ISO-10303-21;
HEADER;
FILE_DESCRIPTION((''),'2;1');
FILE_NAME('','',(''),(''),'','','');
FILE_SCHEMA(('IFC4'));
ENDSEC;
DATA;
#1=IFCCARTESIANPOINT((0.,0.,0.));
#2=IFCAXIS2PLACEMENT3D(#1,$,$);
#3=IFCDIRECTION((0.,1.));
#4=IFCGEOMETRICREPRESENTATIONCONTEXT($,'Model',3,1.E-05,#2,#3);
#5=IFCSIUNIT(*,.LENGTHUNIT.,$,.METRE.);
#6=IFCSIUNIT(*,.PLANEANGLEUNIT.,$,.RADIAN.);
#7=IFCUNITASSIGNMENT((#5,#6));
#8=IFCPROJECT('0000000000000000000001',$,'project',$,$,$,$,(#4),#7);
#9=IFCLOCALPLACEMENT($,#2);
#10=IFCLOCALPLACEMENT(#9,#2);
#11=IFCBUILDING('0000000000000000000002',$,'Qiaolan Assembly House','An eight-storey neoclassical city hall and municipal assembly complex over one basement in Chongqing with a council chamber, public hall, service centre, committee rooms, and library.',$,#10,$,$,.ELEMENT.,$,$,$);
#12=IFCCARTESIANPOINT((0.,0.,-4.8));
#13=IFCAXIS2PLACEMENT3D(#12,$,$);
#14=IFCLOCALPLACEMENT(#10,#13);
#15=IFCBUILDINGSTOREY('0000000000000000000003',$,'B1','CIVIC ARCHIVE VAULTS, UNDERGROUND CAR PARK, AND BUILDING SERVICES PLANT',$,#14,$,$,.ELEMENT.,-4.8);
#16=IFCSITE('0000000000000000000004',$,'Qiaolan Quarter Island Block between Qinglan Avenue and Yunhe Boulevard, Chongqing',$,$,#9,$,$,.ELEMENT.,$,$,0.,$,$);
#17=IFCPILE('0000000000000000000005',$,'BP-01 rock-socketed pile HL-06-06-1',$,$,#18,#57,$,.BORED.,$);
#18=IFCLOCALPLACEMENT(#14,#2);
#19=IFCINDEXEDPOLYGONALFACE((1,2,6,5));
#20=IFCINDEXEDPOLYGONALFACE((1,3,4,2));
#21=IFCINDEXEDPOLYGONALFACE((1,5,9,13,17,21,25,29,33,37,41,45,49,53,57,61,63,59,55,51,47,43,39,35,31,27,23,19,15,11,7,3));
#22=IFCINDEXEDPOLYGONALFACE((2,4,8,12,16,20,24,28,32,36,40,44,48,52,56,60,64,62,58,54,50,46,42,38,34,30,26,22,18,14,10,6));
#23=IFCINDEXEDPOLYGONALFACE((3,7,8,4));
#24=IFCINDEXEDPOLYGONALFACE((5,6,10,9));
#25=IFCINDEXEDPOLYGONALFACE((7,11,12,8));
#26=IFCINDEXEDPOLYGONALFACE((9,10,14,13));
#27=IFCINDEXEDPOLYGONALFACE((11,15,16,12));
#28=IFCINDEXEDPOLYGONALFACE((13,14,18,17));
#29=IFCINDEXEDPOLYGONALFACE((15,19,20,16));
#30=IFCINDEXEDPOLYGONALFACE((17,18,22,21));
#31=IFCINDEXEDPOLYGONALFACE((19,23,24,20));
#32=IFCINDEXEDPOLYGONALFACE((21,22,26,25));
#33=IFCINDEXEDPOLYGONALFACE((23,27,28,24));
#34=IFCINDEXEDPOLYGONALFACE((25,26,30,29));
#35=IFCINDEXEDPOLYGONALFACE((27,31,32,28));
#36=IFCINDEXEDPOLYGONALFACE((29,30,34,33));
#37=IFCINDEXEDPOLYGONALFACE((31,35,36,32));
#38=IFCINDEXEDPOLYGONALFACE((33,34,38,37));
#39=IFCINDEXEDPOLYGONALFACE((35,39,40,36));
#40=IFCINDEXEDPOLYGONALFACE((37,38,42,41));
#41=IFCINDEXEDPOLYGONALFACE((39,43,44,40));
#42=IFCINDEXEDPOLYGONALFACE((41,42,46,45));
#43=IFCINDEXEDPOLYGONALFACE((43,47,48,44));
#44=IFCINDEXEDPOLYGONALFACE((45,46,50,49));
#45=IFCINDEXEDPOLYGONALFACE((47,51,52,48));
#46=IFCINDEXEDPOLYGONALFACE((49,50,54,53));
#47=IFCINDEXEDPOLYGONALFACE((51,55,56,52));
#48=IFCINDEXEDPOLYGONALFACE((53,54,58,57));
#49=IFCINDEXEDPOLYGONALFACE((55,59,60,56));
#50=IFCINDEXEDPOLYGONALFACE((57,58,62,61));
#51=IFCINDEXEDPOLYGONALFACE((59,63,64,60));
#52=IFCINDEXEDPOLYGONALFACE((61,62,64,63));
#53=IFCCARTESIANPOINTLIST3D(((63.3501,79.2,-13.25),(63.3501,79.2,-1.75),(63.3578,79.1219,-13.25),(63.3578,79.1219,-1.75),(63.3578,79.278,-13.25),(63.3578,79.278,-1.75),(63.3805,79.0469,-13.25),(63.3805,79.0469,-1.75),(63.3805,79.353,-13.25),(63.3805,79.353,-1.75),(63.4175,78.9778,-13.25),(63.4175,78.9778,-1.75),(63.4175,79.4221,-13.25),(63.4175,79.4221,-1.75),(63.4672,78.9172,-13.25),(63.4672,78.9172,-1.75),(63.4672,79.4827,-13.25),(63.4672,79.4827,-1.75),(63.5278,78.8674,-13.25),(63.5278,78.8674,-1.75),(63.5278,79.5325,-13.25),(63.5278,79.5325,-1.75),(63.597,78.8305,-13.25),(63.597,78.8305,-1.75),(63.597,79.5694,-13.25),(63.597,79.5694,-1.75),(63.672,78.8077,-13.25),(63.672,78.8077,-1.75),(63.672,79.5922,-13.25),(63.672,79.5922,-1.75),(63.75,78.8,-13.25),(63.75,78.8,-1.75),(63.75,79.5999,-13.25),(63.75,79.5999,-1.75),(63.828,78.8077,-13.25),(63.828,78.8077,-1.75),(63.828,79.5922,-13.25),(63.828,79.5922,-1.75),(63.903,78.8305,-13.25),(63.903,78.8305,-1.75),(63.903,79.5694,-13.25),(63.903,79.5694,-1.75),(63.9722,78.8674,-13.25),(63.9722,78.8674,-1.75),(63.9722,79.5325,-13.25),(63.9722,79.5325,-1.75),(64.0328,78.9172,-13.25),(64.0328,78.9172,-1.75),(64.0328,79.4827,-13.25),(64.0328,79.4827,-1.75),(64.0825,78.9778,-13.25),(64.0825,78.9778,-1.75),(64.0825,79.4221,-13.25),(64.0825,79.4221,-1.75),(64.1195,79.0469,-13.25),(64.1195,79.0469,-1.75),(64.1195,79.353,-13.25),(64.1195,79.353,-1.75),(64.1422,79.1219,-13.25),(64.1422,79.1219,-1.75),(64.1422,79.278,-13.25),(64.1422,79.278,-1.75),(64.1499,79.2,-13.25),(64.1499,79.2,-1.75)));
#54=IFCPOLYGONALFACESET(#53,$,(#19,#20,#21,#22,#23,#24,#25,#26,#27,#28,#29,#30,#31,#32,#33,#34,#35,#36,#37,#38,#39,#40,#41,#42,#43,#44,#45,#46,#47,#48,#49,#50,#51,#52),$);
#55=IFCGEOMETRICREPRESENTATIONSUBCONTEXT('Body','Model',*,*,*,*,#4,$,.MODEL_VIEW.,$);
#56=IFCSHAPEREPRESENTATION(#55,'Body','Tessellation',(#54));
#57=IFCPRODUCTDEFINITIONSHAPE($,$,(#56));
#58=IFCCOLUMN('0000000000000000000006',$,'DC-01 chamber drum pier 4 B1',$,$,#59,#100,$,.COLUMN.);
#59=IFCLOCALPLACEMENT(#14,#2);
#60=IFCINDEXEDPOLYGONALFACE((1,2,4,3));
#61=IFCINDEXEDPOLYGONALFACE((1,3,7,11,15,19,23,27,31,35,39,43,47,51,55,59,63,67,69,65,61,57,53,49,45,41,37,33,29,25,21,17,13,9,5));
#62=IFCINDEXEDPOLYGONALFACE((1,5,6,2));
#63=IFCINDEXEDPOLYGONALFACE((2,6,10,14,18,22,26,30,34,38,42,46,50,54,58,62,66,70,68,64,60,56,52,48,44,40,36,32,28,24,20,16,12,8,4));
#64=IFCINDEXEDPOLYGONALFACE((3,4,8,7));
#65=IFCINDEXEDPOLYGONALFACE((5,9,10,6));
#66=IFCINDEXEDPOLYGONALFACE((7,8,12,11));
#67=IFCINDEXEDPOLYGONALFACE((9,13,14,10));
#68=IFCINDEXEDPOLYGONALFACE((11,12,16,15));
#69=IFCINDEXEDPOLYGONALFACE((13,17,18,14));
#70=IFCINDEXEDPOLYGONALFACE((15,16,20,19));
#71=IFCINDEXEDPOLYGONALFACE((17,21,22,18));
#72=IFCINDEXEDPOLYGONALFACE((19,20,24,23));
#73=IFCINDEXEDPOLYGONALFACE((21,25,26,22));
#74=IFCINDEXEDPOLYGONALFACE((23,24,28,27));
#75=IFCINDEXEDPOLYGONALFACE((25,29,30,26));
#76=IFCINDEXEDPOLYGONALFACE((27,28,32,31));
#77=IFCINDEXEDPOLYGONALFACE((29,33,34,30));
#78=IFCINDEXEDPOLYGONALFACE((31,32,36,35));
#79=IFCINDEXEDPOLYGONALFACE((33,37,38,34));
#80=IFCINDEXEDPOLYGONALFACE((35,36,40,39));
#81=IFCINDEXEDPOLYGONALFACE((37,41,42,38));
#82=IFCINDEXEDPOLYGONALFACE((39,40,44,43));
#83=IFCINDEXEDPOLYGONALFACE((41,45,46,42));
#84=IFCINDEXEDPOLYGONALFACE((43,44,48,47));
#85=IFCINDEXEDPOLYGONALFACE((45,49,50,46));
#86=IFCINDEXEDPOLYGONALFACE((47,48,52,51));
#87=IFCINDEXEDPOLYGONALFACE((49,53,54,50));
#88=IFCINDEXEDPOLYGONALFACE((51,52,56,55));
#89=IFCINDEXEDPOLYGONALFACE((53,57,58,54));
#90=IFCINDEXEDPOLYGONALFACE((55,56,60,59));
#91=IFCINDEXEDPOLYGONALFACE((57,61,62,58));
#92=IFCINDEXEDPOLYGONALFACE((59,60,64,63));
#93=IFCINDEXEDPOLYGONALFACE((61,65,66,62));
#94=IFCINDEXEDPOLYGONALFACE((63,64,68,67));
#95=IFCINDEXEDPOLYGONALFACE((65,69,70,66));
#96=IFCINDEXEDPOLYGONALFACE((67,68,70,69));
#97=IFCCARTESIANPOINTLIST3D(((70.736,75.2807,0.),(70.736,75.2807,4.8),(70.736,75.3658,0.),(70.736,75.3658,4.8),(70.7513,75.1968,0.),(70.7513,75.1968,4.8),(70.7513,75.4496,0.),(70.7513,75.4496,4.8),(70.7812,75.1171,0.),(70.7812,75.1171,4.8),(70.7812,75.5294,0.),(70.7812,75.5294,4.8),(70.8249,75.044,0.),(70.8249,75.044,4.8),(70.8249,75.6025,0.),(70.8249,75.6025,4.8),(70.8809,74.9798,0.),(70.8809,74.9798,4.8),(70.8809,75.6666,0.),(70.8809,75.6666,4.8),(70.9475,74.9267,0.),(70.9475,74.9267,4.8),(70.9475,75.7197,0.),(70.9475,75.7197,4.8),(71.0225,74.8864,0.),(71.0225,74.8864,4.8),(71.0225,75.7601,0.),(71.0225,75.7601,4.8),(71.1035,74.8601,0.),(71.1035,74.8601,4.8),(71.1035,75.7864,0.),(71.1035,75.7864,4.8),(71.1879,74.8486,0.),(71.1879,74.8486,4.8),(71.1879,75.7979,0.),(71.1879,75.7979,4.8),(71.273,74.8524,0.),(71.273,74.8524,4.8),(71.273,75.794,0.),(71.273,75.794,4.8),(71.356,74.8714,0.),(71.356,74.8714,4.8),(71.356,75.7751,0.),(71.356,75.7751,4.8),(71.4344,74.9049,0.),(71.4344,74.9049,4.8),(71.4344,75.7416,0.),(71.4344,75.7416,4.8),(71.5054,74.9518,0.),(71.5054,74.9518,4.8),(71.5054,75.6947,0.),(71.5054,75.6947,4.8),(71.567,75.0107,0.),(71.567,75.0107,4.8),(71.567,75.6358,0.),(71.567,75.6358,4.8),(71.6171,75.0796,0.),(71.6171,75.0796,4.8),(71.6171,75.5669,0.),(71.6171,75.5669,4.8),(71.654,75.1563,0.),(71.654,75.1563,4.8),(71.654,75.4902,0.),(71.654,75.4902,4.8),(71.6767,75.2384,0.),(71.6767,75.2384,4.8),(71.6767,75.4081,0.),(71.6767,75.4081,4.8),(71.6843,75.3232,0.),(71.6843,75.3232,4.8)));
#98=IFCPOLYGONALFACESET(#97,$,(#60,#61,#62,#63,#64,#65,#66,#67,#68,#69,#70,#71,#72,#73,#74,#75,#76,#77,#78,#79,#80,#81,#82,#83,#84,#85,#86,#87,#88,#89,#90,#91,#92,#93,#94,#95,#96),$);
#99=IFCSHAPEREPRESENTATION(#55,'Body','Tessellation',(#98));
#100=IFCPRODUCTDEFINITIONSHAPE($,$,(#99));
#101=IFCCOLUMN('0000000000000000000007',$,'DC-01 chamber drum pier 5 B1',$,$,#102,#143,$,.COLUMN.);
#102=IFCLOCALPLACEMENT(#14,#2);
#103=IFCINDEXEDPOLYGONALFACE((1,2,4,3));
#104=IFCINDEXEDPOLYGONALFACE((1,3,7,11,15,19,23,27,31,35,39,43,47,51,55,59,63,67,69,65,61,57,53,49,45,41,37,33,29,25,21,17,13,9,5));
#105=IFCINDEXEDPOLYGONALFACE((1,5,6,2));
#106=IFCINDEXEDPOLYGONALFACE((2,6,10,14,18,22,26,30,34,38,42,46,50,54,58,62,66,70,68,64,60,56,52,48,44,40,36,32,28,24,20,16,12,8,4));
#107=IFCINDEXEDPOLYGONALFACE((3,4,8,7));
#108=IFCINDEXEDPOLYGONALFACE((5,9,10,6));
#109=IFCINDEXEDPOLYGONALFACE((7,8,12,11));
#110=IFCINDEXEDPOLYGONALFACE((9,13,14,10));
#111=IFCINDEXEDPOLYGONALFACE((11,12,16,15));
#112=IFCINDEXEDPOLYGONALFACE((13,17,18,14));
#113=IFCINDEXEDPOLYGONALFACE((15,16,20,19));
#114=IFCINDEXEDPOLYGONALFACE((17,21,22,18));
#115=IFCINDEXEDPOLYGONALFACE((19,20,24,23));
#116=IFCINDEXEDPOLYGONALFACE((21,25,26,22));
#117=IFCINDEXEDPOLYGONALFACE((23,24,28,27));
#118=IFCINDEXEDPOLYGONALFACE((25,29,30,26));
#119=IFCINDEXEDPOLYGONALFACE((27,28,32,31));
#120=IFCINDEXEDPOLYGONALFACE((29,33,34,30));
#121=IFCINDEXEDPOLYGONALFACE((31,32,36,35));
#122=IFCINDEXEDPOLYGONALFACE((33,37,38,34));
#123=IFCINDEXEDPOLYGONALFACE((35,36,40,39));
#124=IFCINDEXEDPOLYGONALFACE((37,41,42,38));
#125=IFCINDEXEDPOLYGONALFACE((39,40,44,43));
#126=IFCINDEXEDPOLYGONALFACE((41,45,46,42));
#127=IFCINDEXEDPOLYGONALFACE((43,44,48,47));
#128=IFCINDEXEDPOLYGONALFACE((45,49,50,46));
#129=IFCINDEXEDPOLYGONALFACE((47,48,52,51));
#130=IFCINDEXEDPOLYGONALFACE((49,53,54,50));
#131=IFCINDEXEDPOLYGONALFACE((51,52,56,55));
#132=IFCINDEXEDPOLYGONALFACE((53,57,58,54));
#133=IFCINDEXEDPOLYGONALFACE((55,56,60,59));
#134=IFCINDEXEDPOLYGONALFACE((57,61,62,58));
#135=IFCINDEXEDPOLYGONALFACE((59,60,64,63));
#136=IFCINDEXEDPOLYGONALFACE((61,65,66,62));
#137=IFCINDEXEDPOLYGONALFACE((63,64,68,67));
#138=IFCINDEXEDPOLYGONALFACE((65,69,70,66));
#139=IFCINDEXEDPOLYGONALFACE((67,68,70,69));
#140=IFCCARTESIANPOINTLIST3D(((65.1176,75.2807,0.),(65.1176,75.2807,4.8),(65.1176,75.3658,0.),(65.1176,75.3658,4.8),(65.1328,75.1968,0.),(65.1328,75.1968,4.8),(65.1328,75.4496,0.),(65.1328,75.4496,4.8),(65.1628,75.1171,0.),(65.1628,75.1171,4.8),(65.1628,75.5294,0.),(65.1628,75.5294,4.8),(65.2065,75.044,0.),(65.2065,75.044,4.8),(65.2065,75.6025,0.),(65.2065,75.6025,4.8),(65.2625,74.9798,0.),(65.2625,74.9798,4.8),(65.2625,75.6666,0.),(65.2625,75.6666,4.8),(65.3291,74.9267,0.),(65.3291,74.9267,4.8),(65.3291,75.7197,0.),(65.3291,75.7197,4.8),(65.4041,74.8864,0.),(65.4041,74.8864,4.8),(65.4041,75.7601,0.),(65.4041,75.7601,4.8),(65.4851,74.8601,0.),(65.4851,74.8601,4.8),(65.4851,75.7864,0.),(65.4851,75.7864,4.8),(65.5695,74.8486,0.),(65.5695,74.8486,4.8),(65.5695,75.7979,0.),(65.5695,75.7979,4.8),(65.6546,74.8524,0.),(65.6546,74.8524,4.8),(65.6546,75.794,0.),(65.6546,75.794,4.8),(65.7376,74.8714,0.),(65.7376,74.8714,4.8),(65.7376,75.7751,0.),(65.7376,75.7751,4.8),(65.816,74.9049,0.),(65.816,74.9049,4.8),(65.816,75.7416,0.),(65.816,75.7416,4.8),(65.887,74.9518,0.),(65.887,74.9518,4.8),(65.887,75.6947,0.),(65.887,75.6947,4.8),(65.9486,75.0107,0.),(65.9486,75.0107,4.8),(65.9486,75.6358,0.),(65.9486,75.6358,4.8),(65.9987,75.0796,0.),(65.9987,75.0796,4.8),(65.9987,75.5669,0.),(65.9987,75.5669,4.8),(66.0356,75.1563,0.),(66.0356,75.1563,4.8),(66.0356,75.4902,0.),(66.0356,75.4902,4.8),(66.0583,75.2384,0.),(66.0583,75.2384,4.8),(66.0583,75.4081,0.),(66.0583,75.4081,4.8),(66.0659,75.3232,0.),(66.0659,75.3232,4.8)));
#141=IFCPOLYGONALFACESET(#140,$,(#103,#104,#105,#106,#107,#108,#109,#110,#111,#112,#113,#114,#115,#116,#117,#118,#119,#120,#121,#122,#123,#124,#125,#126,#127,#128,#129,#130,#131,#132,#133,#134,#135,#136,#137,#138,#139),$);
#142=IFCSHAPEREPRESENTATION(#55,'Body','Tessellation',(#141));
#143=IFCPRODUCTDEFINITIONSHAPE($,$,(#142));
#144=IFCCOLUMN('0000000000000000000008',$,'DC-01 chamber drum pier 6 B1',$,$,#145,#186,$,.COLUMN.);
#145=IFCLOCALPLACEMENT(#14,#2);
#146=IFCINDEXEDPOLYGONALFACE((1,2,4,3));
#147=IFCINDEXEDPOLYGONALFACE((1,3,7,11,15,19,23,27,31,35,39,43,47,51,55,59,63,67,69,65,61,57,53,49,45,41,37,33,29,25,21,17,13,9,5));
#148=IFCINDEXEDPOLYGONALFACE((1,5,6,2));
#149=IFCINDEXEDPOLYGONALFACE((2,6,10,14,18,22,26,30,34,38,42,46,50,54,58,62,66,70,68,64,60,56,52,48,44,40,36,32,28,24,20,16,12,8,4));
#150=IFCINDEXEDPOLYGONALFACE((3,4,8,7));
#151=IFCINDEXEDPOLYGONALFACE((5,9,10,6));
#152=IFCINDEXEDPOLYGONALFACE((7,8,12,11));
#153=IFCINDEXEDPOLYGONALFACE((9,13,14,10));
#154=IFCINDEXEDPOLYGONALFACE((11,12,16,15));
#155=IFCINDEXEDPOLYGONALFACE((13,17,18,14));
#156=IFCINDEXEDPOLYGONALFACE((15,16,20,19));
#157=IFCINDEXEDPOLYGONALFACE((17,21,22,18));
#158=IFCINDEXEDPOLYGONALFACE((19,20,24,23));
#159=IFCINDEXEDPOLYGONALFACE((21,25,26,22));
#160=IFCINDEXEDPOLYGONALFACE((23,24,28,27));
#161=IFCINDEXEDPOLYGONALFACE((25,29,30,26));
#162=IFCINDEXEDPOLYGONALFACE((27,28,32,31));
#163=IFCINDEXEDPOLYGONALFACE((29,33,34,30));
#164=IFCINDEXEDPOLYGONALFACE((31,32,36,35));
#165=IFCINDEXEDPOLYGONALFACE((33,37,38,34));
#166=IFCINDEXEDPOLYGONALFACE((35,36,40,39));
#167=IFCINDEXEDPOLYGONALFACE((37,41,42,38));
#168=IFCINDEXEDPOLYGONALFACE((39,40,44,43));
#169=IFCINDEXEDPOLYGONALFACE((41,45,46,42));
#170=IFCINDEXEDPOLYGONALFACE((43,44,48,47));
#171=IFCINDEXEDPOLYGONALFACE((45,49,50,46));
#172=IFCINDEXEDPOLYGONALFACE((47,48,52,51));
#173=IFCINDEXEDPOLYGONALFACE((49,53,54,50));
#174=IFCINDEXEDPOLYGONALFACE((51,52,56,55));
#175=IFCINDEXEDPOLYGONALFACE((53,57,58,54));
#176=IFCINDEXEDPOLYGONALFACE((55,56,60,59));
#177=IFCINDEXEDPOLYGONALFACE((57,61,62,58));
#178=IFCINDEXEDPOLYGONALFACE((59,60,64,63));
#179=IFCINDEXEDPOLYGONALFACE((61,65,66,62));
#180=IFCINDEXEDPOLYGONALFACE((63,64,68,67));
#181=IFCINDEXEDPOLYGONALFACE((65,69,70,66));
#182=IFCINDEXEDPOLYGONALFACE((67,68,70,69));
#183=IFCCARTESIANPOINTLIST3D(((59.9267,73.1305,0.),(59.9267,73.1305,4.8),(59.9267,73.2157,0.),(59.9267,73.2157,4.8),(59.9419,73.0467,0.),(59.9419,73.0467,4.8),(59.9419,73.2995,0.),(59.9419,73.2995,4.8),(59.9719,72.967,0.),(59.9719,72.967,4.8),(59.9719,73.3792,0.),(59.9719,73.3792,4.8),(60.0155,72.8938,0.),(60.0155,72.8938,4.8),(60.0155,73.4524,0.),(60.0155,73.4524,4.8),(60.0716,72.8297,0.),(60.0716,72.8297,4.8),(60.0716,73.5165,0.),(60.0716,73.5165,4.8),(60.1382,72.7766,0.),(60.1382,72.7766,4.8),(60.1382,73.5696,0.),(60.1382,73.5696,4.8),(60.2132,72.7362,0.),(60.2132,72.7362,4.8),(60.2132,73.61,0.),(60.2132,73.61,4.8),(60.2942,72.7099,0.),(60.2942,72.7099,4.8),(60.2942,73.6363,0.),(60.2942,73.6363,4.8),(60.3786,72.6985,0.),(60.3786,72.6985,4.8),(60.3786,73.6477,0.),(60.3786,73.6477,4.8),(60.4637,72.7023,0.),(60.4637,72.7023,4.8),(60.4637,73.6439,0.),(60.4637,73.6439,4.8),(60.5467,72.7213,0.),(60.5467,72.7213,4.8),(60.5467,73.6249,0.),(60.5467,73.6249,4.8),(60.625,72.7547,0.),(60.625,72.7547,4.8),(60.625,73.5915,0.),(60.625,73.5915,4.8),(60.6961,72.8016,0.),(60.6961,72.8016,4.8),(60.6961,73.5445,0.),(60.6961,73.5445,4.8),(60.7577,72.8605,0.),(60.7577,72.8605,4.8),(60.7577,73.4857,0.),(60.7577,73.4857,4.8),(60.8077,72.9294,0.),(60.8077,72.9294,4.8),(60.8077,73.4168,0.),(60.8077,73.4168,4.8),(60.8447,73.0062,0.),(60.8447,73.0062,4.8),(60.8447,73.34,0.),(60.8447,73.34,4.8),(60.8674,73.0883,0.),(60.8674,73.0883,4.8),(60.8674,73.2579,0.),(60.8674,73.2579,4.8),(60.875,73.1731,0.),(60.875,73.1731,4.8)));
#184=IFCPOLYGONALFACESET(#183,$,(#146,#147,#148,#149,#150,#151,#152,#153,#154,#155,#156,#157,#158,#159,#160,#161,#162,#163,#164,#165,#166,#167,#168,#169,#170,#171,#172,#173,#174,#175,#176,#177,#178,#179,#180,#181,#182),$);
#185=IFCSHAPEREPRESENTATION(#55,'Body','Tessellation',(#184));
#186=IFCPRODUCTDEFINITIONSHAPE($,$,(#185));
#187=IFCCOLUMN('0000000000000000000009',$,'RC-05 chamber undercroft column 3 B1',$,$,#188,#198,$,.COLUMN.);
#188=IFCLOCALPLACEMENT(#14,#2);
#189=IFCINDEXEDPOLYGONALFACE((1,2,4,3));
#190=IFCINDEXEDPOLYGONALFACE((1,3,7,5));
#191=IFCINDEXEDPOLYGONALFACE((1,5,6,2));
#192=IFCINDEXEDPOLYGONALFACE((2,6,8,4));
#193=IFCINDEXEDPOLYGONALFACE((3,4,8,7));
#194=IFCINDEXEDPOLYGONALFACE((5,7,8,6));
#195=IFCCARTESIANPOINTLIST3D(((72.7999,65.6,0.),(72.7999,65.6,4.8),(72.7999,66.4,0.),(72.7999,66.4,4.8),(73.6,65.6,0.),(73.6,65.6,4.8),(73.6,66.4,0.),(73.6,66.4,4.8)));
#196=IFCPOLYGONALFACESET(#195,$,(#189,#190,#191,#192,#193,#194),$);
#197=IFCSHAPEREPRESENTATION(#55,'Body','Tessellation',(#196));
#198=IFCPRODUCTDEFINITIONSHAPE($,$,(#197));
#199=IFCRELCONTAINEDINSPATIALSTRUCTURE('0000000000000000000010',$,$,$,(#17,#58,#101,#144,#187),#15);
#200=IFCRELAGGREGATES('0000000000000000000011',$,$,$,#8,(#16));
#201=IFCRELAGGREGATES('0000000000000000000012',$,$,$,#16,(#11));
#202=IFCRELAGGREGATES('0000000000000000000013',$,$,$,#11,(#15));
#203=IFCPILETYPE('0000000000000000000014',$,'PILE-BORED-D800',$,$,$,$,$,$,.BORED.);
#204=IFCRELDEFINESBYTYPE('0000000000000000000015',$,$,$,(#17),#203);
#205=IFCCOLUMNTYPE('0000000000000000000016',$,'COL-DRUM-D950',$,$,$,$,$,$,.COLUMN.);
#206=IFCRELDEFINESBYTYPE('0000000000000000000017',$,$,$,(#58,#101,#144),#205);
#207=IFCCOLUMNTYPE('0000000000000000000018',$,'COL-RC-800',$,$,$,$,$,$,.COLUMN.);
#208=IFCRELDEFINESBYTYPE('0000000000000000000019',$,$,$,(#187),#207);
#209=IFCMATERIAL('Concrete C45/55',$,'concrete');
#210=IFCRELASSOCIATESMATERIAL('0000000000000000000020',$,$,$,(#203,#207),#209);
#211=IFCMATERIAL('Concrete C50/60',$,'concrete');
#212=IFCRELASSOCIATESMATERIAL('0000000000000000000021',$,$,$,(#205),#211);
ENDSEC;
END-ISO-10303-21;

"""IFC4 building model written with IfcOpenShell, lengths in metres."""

from ifc_helpers import new_model, si_unit, direction, frame, origin, origin_2d, place, context, subcontext, project, spatial, rectangle, circle, extrude, material, material_profile, profile_set, type_object, element, save


model = new_model("IFC4")

# Units and contexts
model_context = context("Model", 3, precision=1e-05, world=origin(), true_north=direction((0.0, 1.0)))
body_context = subcontext(model_context, "Body", "Model", "MODEL_VIEW")
ifc_project = project(units=[si_unit("LENGTHUNIT", "METRE"), si_unit("PLANEANGLEUNIT", "RADIAN")], contexts=[model_context])

# Site, building, storey
site_placement = place(None, origin())
site = spatial("IfcSite", under=ifc_project, at=site_placement, Name="Qiaolan Quarter Island Block between Qinglan Avenue and Yunhe Boulevard, Chongqing", CompositionType="ELEMENT", RefElevation=0.0)
building_placement = place(site_placement, origin())
building = spatial("IfcBuilding", under=site, at=building_placement, Name="Qiaolan Assembly House", Description="An eight-storey neoclassical city hall and municipal assembly complex over one basement in Chongqing with a council chamber, public hall, service centre, committee rooms, and library.", CompositionType="ELEMENT")
storey_placement = place(building_placement, frame((0.0, 0.0, -4.8)))
storey = spatial("IfcBuildingStorey", under=building, at=storey_placement, Name="B1", Description="CIVIC ARCHIVE VAULTS, UNDERGROUND CAR PARK, AND BUILDING SERVICES PLANT", CompositionType="ELEMENT", Elevation=-4.8)

# Pile
ifc_material_1 = material(Name="Concrete C45/55", Category="concrete")
ifc_material_profile_1 = material_profile(ifc_material_1, circle(Radius=0.3999, at=origin_2d()), Name="PILE D800")
ifc_profile_set_1 = profile_set([ifc_material_profile_1], Name="Concrete C45/55")
pile_type_1 = type_object("IfcPileType", Name="PILE-BORED-D800", PredefinedType="BORED", material=ifc_profile_set_1)
for number, where, z_axis, x_axis, name in (
    (1, (63.75, 79.2, -1.75), (0.0, 0.0, -1.0), (1.0, 0.0, 0.0), "BP-01 rock-socketed pile HL-06-06-1"),
):
    element("IfcPile", number, at=place(storey_placement, frame(where, z_axis=z_axis, x_axis=x_axis)), inside=storey, type_object=pile_type_1, Name=name, PredefinedType="BORED", context=body_context, shape_type="SweptSolid", body=[
        extrude(circle(Radius=0.3999, at=origin_2d()), origin(), (0.0, 0.0, 1.0), 11.5),
    ])

# Columns
ifc_material_2 = material(Name="Concrete C50/60", Category="concrete")
ifc_material_profile_2 = material_profile(ifc_material_2, circle(Radius=0.4751, at=origin_2d()), Name="CIRC D950")
ifc_profile_set_2 = profile_set([ifc_material_profile_2], Name="Concrete C50/60")
column_type_1 = type_object("IfcColumnType", Name="COL-DRUM-D950", PredefinedType="COLUMN", material=ifc_profile_set_2)
for number, where, z_axis, x_axis, name in (
    (2, (71.2092, 75.3232, 0.0), (0.0, 0.0, 1.0), (1.0, 0.0, 0.0), "DC-01 chamber drum pier 4 B1"),
    (3, (65.5908, 75.3232, 0.0), (0.0, 0.0, 1.0), (1.0, 0.0, 0.0), "DC-01 chamber drum pier 5 B1"),
    (4, (60.3999, 73.1731, 0.0), (0.0, 0.0, 1.0), (1.0, 0.0, 0.0), "DC-01 chamber drum pier 6 B1"),
):
    element("IfcColumn", number, at=place(storey_placement, frame(where, z_axis=z_axis, x_axis=x_axis)), inside=storey, type_object=column_type_1, Name=name, PredefinedType="COLUMN", context=body_context, shape_type="SweptSolid", body=[
        extrude(circle(Radius=0.4751, at=origin_2d()), origin(), (0.0, 0.0, 1.0), 4.8),
    ])
ifc_material_profile_3 = material_profile(ifc_material_1, rectangle(XDim=0.8, YDim=0.8, at=origin_2d()), Name="RC 800x800")
ifc_profile_set_3 = profile_set([ifc_material_profile_3], Name="Concrete C45/55")
column_type_2 = type_object("IfcColumnType", Name="COL-RC-800", PredefinedType="COLUMN", material=ifc_profile_set_3)
for number, where, z_axis, x_axis, name in (
    (5, (73.2, 66.0, 0.0), (0.0, 0.0, 1.0), (1.0, 0.0, 0.0), "RC-05 chamber undercroft column 3 B1"),
):
    element("IfcColumn", number, at=place(storey_placement, frame(where, z_axis=z_axis, x_axis=x_axis)), inside=storey, type_object=column_type_2, Name=name, PredefinedType="COLUMN", context=body_context, shape_type="SweptSolid", body=[
        extrude(rectangle(XDim=0.8, YDim=0.8, at=origin_2d()), origin(), (0.0, 0.0, 1.0), 4.8),
    ])

save(model, "model.ifc")
